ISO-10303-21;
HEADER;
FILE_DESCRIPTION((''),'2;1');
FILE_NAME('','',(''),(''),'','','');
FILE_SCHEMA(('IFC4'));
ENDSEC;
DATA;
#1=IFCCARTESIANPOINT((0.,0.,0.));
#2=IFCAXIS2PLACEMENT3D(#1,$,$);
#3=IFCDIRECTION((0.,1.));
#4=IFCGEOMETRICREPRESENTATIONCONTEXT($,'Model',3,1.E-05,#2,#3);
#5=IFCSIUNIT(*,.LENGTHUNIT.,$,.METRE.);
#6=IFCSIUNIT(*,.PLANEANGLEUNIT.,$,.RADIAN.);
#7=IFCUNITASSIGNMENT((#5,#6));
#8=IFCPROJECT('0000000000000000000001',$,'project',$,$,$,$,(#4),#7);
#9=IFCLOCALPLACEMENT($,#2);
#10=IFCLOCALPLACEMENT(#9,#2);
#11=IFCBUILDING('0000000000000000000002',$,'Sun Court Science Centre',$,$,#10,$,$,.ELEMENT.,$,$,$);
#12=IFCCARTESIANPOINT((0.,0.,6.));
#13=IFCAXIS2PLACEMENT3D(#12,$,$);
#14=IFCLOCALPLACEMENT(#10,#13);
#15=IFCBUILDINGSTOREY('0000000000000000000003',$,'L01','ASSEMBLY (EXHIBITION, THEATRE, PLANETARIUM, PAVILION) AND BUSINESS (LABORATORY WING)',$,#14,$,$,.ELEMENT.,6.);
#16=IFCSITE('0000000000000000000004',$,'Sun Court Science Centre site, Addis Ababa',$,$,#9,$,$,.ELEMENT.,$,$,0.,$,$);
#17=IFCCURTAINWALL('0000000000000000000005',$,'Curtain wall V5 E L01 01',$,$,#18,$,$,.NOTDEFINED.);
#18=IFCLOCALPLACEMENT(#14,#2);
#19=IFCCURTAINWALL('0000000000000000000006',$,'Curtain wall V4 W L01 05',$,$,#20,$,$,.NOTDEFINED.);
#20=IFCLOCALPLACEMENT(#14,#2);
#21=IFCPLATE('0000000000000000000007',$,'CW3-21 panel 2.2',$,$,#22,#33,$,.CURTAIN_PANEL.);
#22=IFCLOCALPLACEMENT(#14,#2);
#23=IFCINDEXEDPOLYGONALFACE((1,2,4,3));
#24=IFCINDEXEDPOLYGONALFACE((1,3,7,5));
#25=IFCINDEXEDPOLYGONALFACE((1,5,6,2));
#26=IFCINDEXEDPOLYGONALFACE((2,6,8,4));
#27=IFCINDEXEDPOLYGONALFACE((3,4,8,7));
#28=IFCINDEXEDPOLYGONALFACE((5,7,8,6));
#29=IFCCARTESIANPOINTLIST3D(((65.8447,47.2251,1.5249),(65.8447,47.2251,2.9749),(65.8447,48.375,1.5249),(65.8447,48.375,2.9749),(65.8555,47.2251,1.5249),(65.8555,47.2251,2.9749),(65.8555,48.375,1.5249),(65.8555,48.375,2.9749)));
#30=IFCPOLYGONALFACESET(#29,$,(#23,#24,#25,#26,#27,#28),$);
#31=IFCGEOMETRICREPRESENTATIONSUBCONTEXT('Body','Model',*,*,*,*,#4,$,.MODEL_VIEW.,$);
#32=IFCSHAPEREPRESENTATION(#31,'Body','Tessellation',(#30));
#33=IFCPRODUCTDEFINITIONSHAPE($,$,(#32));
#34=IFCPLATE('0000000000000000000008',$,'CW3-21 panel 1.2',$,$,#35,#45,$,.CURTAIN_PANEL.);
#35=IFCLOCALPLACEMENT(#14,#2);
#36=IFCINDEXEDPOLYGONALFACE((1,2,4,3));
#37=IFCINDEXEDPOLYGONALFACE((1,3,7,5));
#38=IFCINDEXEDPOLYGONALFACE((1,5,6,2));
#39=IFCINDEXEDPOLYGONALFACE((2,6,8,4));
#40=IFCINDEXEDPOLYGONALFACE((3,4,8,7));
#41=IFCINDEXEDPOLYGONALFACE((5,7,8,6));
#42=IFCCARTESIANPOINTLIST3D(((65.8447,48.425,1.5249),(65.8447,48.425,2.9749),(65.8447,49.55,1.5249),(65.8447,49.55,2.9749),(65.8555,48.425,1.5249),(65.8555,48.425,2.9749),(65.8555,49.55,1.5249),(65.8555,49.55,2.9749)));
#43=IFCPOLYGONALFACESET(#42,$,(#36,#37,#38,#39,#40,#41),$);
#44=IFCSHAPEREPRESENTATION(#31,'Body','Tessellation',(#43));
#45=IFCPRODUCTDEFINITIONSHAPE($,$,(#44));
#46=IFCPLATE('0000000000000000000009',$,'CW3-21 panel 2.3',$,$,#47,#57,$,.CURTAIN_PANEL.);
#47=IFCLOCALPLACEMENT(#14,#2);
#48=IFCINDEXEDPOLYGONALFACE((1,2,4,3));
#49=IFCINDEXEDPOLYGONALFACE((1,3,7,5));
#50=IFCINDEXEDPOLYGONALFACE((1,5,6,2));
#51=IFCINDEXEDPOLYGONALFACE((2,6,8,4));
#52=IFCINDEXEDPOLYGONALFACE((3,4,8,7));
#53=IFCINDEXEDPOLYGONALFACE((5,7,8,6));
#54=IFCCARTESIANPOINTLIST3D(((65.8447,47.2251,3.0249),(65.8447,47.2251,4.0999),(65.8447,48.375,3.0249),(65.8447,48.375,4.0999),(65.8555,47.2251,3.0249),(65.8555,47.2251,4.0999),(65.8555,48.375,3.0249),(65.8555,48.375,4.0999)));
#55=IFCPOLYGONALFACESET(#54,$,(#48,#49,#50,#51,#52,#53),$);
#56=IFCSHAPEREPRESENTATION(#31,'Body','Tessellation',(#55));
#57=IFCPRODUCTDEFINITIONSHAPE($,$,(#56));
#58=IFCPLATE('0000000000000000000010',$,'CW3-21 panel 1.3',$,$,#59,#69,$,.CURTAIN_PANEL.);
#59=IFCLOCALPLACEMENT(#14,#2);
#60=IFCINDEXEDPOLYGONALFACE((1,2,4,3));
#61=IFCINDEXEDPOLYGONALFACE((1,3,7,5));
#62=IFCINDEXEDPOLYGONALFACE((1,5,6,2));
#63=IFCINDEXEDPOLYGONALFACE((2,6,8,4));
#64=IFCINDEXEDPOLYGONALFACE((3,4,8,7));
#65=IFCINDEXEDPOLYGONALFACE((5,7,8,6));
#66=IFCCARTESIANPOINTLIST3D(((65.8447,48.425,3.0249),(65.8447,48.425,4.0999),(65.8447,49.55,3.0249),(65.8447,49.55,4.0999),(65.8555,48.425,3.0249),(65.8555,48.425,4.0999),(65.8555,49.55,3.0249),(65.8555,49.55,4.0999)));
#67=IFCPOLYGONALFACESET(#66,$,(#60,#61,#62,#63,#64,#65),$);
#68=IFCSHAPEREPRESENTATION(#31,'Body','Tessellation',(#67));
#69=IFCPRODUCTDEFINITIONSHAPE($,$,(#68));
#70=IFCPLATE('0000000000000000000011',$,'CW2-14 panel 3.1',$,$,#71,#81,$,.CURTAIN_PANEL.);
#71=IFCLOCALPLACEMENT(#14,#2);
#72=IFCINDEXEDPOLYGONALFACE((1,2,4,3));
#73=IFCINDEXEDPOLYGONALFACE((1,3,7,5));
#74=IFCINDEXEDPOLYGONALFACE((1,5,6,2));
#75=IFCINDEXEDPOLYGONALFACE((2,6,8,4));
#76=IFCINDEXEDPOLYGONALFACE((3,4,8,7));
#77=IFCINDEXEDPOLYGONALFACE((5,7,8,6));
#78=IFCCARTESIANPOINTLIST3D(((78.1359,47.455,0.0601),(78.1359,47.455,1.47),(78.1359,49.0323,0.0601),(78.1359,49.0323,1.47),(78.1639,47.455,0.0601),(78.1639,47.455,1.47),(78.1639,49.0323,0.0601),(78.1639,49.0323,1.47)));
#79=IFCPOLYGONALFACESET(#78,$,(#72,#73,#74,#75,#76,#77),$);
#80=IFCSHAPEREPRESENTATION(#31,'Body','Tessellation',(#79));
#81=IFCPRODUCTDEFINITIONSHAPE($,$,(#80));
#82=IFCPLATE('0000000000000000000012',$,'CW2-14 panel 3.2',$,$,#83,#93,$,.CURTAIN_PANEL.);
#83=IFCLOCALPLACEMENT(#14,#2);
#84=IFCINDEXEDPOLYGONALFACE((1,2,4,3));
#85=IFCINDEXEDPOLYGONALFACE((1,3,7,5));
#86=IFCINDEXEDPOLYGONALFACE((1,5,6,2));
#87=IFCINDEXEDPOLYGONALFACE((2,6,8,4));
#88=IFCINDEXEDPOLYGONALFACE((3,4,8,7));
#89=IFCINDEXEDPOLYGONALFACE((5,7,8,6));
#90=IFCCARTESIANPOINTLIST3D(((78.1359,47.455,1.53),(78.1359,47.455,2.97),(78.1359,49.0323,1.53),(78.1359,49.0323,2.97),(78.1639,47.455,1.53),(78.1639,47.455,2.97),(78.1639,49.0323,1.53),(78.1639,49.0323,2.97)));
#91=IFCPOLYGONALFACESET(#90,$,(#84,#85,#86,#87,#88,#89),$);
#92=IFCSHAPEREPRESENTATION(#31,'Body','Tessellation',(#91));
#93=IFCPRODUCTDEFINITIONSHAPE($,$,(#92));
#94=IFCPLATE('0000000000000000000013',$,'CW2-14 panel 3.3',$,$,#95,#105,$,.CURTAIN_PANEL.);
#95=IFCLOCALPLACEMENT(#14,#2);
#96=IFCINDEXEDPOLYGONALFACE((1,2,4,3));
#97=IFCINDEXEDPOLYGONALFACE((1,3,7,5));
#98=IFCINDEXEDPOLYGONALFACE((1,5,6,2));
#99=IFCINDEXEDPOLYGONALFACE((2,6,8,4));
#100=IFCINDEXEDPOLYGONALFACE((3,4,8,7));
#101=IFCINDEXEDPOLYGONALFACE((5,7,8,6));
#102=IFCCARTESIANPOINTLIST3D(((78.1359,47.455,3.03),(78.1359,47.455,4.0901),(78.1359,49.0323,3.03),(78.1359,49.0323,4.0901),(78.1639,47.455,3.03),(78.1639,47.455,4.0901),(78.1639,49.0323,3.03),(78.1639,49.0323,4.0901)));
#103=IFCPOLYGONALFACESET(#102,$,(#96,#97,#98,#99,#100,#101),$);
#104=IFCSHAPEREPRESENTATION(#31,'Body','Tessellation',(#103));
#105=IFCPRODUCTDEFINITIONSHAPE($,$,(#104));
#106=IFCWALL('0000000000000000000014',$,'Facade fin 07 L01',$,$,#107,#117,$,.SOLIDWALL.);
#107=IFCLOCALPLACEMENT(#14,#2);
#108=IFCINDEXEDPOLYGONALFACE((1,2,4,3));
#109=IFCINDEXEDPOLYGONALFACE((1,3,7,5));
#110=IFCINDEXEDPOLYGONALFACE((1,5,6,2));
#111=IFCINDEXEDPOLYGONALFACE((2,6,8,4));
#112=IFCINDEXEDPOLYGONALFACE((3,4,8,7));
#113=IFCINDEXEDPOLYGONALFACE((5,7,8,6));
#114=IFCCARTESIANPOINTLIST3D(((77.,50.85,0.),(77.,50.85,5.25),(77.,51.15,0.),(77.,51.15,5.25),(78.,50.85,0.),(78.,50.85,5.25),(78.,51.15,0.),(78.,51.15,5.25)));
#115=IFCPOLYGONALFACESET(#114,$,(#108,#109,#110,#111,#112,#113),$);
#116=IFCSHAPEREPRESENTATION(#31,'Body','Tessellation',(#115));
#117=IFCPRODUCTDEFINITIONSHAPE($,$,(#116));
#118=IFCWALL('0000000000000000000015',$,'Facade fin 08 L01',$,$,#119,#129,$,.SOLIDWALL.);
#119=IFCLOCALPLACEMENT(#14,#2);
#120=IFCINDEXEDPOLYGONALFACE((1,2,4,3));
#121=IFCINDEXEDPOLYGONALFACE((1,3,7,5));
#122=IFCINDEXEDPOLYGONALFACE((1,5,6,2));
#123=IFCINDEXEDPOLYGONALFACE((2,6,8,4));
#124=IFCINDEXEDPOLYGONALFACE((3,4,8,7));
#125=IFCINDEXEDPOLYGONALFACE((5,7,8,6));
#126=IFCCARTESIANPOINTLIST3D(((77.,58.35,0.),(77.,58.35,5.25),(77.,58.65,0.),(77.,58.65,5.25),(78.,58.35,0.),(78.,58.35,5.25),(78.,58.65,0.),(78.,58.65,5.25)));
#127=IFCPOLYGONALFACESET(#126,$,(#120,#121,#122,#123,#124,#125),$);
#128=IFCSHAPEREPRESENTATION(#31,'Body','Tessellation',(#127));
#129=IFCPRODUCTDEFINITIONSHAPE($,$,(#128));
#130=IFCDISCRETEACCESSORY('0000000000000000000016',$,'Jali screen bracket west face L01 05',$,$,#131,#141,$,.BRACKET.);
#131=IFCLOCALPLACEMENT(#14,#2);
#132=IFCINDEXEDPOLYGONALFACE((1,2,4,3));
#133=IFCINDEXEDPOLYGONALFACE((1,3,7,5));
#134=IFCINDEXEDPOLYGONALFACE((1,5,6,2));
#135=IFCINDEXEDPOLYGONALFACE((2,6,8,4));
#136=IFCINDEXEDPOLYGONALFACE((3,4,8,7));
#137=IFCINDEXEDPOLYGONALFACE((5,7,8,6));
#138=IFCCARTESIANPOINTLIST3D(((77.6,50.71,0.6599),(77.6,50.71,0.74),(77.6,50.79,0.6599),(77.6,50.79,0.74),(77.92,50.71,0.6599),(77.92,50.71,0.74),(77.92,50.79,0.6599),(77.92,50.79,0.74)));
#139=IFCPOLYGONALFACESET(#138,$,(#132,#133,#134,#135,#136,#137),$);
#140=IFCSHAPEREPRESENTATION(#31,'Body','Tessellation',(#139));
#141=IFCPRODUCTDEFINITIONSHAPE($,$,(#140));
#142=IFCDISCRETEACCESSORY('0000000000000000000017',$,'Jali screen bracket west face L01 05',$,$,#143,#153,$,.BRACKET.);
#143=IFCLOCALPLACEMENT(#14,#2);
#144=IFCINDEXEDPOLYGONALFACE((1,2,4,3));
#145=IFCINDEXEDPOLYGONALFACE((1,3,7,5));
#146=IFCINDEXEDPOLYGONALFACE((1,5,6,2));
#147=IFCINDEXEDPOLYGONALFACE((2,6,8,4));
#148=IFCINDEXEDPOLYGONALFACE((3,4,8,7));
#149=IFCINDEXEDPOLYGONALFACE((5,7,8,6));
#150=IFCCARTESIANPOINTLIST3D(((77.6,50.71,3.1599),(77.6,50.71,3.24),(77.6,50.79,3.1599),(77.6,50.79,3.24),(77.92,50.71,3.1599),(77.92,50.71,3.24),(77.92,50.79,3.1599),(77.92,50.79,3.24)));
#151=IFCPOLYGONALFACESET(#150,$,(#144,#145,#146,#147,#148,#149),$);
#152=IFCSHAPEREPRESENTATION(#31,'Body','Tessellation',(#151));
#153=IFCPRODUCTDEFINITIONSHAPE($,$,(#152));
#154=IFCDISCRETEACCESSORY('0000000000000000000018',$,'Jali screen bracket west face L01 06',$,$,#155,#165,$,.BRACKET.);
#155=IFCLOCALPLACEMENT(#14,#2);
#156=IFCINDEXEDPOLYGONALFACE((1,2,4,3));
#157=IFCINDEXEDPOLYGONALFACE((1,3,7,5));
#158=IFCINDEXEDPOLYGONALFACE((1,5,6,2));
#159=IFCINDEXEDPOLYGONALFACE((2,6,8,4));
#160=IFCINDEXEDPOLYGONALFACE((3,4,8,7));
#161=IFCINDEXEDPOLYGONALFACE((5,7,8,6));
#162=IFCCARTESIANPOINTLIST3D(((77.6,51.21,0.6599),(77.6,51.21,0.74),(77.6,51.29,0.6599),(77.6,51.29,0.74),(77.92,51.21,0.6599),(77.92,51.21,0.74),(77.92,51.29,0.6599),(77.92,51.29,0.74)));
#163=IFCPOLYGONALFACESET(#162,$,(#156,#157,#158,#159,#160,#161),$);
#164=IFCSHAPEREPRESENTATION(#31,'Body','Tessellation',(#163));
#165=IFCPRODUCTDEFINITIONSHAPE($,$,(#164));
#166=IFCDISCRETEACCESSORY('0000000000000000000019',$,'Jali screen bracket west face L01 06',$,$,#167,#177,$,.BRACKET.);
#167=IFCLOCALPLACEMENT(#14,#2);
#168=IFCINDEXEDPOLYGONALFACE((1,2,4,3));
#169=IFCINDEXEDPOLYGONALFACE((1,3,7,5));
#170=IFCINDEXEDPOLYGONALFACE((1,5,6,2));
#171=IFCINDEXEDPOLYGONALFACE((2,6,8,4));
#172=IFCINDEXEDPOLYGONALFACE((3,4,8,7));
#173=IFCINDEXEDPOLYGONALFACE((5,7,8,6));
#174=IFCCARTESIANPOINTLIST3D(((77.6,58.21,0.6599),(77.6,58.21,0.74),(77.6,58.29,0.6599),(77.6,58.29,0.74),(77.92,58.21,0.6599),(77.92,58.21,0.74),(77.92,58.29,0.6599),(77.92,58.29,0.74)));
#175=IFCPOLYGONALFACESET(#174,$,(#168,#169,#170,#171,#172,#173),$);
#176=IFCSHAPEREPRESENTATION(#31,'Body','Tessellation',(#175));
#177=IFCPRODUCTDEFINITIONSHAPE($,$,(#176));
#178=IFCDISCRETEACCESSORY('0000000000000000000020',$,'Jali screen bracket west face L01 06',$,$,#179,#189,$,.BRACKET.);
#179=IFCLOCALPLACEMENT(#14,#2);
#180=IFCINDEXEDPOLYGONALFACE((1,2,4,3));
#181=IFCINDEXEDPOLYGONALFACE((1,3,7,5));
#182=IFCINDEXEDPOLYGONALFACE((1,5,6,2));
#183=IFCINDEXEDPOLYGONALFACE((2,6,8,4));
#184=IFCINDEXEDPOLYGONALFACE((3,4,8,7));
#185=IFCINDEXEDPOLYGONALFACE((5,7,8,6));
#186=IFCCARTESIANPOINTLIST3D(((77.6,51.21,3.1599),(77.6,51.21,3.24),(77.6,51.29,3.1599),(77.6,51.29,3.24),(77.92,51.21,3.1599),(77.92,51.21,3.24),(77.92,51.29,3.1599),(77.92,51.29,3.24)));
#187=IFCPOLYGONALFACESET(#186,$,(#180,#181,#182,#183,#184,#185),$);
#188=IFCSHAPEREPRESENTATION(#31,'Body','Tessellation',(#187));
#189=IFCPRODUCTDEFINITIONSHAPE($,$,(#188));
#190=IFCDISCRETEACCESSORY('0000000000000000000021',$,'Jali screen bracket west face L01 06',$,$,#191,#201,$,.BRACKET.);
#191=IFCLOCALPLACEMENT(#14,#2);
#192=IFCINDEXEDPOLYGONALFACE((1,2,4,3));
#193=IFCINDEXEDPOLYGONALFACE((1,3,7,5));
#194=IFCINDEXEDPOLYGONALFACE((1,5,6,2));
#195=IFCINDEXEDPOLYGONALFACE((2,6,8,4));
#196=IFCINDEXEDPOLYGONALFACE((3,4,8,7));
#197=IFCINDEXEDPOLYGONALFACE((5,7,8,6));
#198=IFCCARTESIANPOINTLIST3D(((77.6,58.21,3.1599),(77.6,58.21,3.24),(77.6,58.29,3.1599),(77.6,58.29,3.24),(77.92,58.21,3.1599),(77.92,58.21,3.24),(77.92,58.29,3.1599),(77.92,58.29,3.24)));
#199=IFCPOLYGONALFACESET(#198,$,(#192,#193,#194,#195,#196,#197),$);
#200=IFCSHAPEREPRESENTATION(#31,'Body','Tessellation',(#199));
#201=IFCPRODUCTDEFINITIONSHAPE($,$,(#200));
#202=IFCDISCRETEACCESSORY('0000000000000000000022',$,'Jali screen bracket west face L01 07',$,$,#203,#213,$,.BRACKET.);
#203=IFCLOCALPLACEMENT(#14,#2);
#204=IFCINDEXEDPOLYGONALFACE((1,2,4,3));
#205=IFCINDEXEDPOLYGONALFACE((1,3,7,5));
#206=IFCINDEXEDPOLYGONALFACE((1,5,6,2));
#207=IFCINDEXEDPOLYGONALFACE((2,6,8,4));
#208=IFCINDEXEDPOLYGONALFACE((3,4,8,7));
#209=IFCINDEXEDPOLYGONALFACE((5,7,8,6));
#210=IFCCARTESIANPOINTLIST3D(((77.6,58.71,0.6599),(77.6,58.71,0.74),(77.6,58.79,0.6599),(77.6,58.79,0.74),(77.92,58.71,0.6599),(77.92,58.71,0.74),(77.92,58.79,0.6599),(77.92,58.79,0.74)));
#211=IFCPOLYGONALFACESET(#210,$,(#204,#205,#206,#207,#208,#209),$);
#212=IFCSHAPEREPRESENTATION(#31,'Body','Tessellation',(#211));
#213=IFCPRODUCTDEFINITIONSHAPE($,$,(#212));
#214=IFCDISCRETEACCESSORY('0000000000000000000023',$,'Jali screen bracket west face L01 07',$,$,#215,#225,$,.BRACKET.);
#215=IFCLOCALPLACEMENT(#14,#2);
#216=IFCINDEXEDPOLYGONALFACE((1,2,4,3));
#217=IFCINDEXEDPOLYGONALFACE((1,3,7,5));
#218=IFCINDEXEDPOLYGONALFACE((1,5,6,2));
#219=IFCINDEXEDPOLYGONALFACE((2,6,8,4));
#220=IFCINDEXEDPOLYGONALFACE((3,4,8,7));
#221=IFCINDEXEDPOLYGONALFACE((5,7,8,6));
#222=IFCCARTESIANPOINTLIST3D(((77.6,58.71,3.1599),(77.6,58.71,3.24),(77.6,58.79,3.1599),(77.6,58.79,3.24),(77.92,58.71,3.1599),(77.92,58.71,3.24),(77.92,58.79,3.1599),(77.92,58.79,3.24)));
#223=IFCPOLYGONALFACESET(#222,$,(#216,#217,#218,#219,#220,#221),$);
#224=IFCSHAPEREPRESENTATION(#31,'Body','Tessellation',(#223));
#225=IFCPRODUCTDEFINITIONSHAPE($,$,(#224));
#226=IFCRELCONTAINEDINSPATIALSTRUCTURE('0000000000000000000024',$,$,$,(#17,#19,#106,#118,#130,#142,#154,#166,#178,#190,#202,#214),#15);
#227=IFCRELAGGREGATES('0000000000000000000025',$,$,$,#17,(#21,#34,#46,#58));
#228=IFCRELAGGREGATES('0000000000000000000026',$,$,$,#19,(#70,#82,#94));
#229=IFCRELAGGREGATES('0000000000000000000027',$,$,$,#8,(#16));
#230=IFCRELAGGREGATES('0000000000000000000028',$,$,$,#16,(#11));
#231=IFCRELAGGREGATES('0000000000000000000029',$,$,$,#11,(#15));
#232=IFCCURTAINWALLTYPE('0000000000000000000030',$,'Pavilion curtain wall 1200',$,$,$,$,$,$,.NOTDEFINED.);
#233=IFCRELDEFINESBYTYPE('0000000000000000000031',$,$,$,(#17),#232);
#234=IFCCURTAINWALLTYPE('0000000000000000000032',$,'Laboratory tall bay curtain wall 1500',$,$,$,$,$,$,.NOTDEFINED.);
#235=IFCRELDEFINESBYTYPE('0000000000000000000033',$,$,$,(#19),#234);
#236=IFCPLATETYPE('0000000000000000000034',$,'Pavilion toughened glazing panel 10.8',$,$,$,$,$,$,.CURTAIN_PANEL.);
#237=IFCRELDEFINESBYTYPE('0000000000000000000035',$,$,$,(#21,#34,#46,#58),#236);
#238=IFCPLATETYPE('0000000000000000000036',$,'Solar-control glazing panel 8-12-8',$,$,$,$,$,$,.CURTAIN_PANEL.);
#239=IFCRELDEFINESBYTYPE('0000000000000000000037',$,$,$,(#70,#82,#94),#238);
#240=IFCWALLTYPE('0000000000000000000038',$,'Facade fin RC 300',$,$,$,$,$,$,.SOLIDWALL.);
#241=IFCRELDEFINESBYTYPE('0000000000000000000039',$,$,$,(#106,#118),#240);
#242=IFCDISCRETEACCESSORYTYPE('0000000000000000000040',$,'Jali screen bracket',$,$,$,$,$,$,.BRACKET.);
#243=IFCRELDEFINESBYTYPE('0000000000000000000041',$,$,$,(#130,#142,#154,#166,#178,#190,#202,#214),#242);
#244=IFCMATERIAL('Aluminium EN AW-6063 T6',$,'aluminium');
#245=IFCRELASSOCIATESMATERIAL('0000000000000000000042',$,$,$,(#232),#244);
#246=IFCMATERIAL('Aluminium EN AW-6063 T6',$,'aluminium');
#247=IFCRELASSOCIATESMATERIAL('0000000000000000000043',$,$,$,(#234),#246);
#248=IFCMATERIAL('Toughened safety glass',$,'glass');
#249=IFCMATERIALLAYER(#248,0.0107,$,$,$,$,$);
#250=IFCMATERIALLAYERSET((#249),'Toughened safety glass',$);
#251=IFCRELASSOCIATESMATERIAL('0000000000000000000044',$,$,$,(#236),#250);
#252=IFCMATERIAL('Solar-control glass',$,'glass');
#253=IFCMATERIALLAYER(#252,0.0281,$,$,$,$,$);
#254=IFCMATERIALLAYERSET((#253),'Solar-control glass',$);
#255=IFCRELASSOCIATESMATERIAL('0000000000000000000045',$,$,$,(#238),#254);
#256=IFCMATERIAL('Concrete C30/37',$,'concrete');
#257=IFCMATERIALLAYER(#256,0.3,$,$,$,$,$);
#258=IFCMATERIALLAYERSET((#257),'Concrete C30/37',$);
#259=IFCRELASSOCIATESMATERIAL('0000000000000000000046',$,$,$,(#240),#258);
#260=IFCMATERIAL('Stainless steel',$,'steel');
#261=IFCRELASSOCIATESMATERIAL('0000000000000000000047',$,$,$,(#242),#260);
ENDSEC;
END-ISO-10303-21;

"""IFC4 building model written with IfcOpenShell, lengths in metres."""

from ifc_helpers import new_model, si_unit, direction, frame, frame_2d, origin, origin_2d, place, context, subcontext, project, spatial, rectangle, extrude, material, layer, layer_set, type_object, element, aggregate, save


model = new_model("IFC4")

# Units and contexts
model_context = context("Model", 3, precision=1e-05, world=origin(), true_north=direction((0.0, 1.0)))
body_context = subcontext(model_context, "Body", "Model", "MODEL_VIEW")
ifc_project = project(units=[si_unit("LENGTHUNIT", "METRE"), si_unit("PLANEANGLEUNIT", "RADIAN")], contexts=[model_context])

# Site, building, storey
site_placement = place(None, origin())
site = spatial("IfcSite", under=ifc_project, at=site_placement, Name="Sun Court Science Centre site, Addis Ababa", CompositionType="ELEMENT", RefElevation=0.0)
building_placement = place(site_placement, origin())
building = spatial("IfcBuilding", under=site, at=building_placement, Name="Sun Court Science Centre", CompositionType="ELEMENT")
storey_placement = place(building_placement, frame((0.0, 0.0, 6.0)))
storey = spatial("IfcBuildingStorey", under=building, at=storey_placement, Name="L01", Description="ASSEMBLY (EXHIBITION, THEATRE, PLANETARIUM, PAVILION) AND BUSINESS (LABORATORY WING)", CompositionType="ELEMENT", Elevation=6.0)

# Shared definitions
ifc_material_1 = material(Name="Aluminium EN AW-6063 T6", Category="aluminium")
curtain_wall_type_1 = type_object("IfcCurtainWallType", Name="Pavilion curtain wall 1200", PredefinedType="NOTDEFINED", material=ifc_material_1)

# Curtain wall
curtain_wall_1_placement = place(storey_placement, origin())
curtain_wall_1 = element("IfcCurtainWall", 1, at=curtain_wall_1_placement, inside=storey, type_object=curtain_wall_type_1, Name="Curtain wall V5 E L01 01", PredefinedType="NOTDEFINED")

# Curtain wall
ifc_material_2 = material(Name="Aluminium EN AW-6063 T6", Category="aluminium")
curtain_wall_type_2 = type_object("IfcCurtainWallType", Name="Laboratory tall bay curtain wall 1500", PredefinedType="NOTDEFINED", material=ifc_material_2)
curtain_wall_2_placement = place(storey_placement, origin())
curtain_wall_2 = element("IfcCurtainWall", 2, at=curtain_wall_2_placement, inside=storey, type_object=curtain_wall_type_2, Name="Curtain wall V4 W L01 05", PredefinedType="NOTDEFINED")

# Plates
ifc_material_3 = material(Name="Toughened safety glass", Category="glass")
ifc_layer_1 = layer(ifc_material_3, 0.0107)
ifc_layer_set_1 = layer_set([ifc_layer_1], Name="Toughened safety glass")
plate_type_1 = type_object("IfcPlateType", Name="Pavilion toughened glazing panel 10.8", PredefinedType="CURTAIN_PANEL", material=ifc_layer_set_1)
plate_1_placement = place(storey_placement, frame((65.8501, 47.8, 1.5249), z_axis=(0.0, 0.0, 1.0), x_axis=(0.0, -1.0, 0.0)))
plate_1 = element("IfcPlate", 3, at=plate_1_placement, type_object=plate_type_1, Name="CW3-21 panel 2.2", PredefinedType="CURTAIN_PANEL", context=body_context, shape_type="SweptSolid", body=[
    extrude(rectangle(XDim=1.1499, YDim=0.0107, at=origin_2d()), origin(), (0.0, 0.0, 1.0), 1.45),
])
plate_2_placement = place(storey_placement, frame((65.8501, 48.9875, 1.5249), z_axis=(0.0, 0.0, 1.0), x_axis=(0.0, -1.0, 0.0)))
plate_2 = element("IfcPlate", 4, at=plate_2_placement, type_object=plate_type_1, Name="CW3-21 panel 1.2", PredefinedType="CURTAIN_PANEL", context=body_context, shape_type="SweptSolid", body=[
    extrude(rectangle(XDim=1.125, YDim=0.0107, at=origin_2d()), origin(), (0.0, 0.0, 1.0), 1.45),
])
plate_3_placement = place(storey_placement, frame((65.8501, 47.8, 3.0249), z_axis=(0.0, 0.0, 1.0), x_axis=(0.0, -1.0, 0.0)))
plate_3 = element("IfcPlate", 5, at=plate_3_placement, type_object=plate_type_1, Name="CW3-21 panel 2.3", PredefinedType="CURTAIN_PANEL", context=body_context, shape_type="SweptSolid", body=[
    extrude(rectangle(XDim=1.1499, YDim=0.0107, at=origin_2d()), origin(), (0.0, 0.0, 1.0), 1.075),
])
plate_4_placement = place(storey_placement, frame((65.8501, 48.9875, 3.0249), z_axis=(0.0, 0.0, 1.0), x_axis=(0.0, -1.0, 0.0)))
plate_4 = element("IfcPlate", 6, at=plate_4_placement, type_object=plate_type_1, Name="CW3-21 panel 1.3", PredefinedType="CURTAIN_PANEL", context=body_context, shape_type="SweptSolid", body=[
    extrude(rectangle(XDim=1.125, YDim=0.0107, at=origin_2d()), origin(), (0.0, 0.0, 1.0), 1.075),
])
aggregate(curtain_wall_1, [plate_1, plate_2, plate_3, plate_4])
ifc_material_4 = material(Name="Solar-control glass", Category="glass")
ifc_layer_2 = layer(ifc_material_4, 0.0281)
ifc_layer_set_2 = layer_set([ifc_layer_2], Name="Solar-control glass")
plate_type_2 = type_object("IfcPlateType", Name="Solar-control glazing panel 8-12-8", PredefinedType="CURTAIN_PANEL", material=ifc_layer_set_2)
plate_5_placement = place(storey_placement, frame((78.1499, 48.2437, 0.0601), z_axis=(0.0, 0.0, 1.0), x_axis=(0.0, 1.0, 0.0)))
plate_5 = element("IfcPlate", 7, at=plate_5_placement, type_object=plate_type_2, Name="CW2-14 panel 3.1", PredefinedType="CURTAIN_PANEL", context=body_context, shape_type="SweptSolid", body=[
    extrude(rectangle(XDim=1.5774, YDim=0.0281, at=origin_2d()), origin(), (0.0, 0.0, 1.0), 1.4099),
])
plate_6_placement = place(storey_placement, frame((78.1499, 48.2437, 1.53), z_axis=(0.0, 0.0, 1.0), x_axis=(0.0, 1.0, 0.0)))
plate_6 = element("IfcPlate", 8, at=plate_6_placement, type_object=plate_type_2, Name="CW2-14 panel 3.2", PredefinedType="CURTAIN_PANEL", context=body_context, shape_type="SweptSolid", body=[
    extrude(rectangle(XDim=1.5774, YDim=0.0281, at=origin_2d()), origin(), (0.0, 0.0, 1.0), 1.4399),
])
plate_7_placement = place(storey_placement, frame((78.1499, 48.2437, 3.03), z_axis=(0.0, 0.0, 1.0), x_axis=(0.0, 1.0, 0.0)))
plate_7 = element("IfcPlate", 9, at=plate_7_placement, type_object=plate_type_2, Name="CW2-14 panel 3.3", PredefinedType="CURTAIN_PANEL", context=body_context, shape_type="SweptSolid", body=[
    extrude(rectangle(XDim=1.5774, YDim=0.0281, at=origin_2d()), origin(), (0.0, 0.0, 1.0), 1.0601),
])
aggregate(curtain_wall_2, [plate_5, plate_6, plate_7])

# Walls
ifc_material_5 = material(Name="Concrete C30/37", Category="concrete")
ifc_layer_3 = layer(ifc_material_5, 0.3)
ifc_layer_set_3 = layer_set([ifc_layer_3], Name="Concrete C30/37")
wall_type = type_object("IfcWallType", Name="Facade fin RC 300", PredefinedType="SOLIDWALL", material=ifc_layer_set_3)
for number, where, z_axis, x_axis, name in (
    (10, (77.0, 51.0, 0.0), (0.0, 0.0, 1.0), (1.0, 0.0, 0.0), "Facade fin 07 L01"),
    (11, (77.0, 58.5, 0.0), (0.0, 0.0, 1.0), (1.0, 0.0, 0.0), "Facade fin 08 L01"),
):
    element("IfcWall", number, at=place(storey_placement, frame(where, z_axis=z_axis, x_axis=x_axis)), inside=storey, type_object=wall_type, Name=name, PredefinedType="SOLIDWALL", context=body_context, shape_type="SweptSolid", body=[
        extrude(rectangle(XDim=1.0, YDim=0.3, at=frame_2d((0.5, 0.0))), origin(), (0.0, 0.0, 1.0), 5.25),
    ])

# Discrete accessories
ifc_material_6 = material(Name="Stainless steel", Category="steel")
discrete_accessory_type = type_object("IfcDiscreteAccessoryType", Name="Jali screen bracket", PredefinedType="BRACKET", material=ifc_material_6)
for number, where, z_axis, x_axis, name in (
    (12, (77.76, 50.75, 0.6599), (0.0, 0.0, 1.0), (0.0, 1.0, 0.0), "Jali screen bracket west face L01 05"),
    (13, (77.76, 50.75, 3.1599), (0.0, 0.0, 1.0), (0.0, 1.0, 0.0), "Jali screen bracket west face L01 05"),
    (14, (77.76, 51.25, 0.6599), (0.0, 0.0, 1.0), (0.0, 1.0, 0.0), "Jali screen bracket west face L01 06"),
    (15, (77.76, 58.25, 0.6599), (0.0, 0.0, 1.0), (0.0, 1.0, 0.0), "Jali screen bracket west face L01 06"),
    (16, (77.76, 51.25, 3.1599), (0.0, 0.0, 1.0), (0.0, 1.0, 0.0), "Jali screen bracket west face L01 06"),
    (17, (77.76, 58.25, 3.1599), (0.0, 0.0, 1.0), (0.0, 1.0, 0.0), "Jali screen bracket west face L01 06"),
    (18, (77.76, 58.75, 0.6599), (0.0, 0.0, 1.0), (0.0, 1.0, 0.0), "Jali screen bracket west face L01 07"),
    (19, (77.76, 58.75, 3.1599), (0.0, 0.0, 1.0), (0.0, 1.0, 0.0), "Jali screen bracket west face L01 07"),
):
    element("IfcDiscreteAccessory", number, at=place(storey_placement, frame(where, z_axis=z_axis, x_axis=x_axis)), inside=storey, type_object=discrete_accessory_type, Name=name, PredefinedType="BRACKET", context=body_context, shape_type="SweptSolid", body=[
        extrude(rectangle(XDim=0.0801, YDim=0.3201, at=origin_2d()), origin(), (0.0, 0.0, 1.0), 0.0801),
    ])

save(model, "model.ifc")
